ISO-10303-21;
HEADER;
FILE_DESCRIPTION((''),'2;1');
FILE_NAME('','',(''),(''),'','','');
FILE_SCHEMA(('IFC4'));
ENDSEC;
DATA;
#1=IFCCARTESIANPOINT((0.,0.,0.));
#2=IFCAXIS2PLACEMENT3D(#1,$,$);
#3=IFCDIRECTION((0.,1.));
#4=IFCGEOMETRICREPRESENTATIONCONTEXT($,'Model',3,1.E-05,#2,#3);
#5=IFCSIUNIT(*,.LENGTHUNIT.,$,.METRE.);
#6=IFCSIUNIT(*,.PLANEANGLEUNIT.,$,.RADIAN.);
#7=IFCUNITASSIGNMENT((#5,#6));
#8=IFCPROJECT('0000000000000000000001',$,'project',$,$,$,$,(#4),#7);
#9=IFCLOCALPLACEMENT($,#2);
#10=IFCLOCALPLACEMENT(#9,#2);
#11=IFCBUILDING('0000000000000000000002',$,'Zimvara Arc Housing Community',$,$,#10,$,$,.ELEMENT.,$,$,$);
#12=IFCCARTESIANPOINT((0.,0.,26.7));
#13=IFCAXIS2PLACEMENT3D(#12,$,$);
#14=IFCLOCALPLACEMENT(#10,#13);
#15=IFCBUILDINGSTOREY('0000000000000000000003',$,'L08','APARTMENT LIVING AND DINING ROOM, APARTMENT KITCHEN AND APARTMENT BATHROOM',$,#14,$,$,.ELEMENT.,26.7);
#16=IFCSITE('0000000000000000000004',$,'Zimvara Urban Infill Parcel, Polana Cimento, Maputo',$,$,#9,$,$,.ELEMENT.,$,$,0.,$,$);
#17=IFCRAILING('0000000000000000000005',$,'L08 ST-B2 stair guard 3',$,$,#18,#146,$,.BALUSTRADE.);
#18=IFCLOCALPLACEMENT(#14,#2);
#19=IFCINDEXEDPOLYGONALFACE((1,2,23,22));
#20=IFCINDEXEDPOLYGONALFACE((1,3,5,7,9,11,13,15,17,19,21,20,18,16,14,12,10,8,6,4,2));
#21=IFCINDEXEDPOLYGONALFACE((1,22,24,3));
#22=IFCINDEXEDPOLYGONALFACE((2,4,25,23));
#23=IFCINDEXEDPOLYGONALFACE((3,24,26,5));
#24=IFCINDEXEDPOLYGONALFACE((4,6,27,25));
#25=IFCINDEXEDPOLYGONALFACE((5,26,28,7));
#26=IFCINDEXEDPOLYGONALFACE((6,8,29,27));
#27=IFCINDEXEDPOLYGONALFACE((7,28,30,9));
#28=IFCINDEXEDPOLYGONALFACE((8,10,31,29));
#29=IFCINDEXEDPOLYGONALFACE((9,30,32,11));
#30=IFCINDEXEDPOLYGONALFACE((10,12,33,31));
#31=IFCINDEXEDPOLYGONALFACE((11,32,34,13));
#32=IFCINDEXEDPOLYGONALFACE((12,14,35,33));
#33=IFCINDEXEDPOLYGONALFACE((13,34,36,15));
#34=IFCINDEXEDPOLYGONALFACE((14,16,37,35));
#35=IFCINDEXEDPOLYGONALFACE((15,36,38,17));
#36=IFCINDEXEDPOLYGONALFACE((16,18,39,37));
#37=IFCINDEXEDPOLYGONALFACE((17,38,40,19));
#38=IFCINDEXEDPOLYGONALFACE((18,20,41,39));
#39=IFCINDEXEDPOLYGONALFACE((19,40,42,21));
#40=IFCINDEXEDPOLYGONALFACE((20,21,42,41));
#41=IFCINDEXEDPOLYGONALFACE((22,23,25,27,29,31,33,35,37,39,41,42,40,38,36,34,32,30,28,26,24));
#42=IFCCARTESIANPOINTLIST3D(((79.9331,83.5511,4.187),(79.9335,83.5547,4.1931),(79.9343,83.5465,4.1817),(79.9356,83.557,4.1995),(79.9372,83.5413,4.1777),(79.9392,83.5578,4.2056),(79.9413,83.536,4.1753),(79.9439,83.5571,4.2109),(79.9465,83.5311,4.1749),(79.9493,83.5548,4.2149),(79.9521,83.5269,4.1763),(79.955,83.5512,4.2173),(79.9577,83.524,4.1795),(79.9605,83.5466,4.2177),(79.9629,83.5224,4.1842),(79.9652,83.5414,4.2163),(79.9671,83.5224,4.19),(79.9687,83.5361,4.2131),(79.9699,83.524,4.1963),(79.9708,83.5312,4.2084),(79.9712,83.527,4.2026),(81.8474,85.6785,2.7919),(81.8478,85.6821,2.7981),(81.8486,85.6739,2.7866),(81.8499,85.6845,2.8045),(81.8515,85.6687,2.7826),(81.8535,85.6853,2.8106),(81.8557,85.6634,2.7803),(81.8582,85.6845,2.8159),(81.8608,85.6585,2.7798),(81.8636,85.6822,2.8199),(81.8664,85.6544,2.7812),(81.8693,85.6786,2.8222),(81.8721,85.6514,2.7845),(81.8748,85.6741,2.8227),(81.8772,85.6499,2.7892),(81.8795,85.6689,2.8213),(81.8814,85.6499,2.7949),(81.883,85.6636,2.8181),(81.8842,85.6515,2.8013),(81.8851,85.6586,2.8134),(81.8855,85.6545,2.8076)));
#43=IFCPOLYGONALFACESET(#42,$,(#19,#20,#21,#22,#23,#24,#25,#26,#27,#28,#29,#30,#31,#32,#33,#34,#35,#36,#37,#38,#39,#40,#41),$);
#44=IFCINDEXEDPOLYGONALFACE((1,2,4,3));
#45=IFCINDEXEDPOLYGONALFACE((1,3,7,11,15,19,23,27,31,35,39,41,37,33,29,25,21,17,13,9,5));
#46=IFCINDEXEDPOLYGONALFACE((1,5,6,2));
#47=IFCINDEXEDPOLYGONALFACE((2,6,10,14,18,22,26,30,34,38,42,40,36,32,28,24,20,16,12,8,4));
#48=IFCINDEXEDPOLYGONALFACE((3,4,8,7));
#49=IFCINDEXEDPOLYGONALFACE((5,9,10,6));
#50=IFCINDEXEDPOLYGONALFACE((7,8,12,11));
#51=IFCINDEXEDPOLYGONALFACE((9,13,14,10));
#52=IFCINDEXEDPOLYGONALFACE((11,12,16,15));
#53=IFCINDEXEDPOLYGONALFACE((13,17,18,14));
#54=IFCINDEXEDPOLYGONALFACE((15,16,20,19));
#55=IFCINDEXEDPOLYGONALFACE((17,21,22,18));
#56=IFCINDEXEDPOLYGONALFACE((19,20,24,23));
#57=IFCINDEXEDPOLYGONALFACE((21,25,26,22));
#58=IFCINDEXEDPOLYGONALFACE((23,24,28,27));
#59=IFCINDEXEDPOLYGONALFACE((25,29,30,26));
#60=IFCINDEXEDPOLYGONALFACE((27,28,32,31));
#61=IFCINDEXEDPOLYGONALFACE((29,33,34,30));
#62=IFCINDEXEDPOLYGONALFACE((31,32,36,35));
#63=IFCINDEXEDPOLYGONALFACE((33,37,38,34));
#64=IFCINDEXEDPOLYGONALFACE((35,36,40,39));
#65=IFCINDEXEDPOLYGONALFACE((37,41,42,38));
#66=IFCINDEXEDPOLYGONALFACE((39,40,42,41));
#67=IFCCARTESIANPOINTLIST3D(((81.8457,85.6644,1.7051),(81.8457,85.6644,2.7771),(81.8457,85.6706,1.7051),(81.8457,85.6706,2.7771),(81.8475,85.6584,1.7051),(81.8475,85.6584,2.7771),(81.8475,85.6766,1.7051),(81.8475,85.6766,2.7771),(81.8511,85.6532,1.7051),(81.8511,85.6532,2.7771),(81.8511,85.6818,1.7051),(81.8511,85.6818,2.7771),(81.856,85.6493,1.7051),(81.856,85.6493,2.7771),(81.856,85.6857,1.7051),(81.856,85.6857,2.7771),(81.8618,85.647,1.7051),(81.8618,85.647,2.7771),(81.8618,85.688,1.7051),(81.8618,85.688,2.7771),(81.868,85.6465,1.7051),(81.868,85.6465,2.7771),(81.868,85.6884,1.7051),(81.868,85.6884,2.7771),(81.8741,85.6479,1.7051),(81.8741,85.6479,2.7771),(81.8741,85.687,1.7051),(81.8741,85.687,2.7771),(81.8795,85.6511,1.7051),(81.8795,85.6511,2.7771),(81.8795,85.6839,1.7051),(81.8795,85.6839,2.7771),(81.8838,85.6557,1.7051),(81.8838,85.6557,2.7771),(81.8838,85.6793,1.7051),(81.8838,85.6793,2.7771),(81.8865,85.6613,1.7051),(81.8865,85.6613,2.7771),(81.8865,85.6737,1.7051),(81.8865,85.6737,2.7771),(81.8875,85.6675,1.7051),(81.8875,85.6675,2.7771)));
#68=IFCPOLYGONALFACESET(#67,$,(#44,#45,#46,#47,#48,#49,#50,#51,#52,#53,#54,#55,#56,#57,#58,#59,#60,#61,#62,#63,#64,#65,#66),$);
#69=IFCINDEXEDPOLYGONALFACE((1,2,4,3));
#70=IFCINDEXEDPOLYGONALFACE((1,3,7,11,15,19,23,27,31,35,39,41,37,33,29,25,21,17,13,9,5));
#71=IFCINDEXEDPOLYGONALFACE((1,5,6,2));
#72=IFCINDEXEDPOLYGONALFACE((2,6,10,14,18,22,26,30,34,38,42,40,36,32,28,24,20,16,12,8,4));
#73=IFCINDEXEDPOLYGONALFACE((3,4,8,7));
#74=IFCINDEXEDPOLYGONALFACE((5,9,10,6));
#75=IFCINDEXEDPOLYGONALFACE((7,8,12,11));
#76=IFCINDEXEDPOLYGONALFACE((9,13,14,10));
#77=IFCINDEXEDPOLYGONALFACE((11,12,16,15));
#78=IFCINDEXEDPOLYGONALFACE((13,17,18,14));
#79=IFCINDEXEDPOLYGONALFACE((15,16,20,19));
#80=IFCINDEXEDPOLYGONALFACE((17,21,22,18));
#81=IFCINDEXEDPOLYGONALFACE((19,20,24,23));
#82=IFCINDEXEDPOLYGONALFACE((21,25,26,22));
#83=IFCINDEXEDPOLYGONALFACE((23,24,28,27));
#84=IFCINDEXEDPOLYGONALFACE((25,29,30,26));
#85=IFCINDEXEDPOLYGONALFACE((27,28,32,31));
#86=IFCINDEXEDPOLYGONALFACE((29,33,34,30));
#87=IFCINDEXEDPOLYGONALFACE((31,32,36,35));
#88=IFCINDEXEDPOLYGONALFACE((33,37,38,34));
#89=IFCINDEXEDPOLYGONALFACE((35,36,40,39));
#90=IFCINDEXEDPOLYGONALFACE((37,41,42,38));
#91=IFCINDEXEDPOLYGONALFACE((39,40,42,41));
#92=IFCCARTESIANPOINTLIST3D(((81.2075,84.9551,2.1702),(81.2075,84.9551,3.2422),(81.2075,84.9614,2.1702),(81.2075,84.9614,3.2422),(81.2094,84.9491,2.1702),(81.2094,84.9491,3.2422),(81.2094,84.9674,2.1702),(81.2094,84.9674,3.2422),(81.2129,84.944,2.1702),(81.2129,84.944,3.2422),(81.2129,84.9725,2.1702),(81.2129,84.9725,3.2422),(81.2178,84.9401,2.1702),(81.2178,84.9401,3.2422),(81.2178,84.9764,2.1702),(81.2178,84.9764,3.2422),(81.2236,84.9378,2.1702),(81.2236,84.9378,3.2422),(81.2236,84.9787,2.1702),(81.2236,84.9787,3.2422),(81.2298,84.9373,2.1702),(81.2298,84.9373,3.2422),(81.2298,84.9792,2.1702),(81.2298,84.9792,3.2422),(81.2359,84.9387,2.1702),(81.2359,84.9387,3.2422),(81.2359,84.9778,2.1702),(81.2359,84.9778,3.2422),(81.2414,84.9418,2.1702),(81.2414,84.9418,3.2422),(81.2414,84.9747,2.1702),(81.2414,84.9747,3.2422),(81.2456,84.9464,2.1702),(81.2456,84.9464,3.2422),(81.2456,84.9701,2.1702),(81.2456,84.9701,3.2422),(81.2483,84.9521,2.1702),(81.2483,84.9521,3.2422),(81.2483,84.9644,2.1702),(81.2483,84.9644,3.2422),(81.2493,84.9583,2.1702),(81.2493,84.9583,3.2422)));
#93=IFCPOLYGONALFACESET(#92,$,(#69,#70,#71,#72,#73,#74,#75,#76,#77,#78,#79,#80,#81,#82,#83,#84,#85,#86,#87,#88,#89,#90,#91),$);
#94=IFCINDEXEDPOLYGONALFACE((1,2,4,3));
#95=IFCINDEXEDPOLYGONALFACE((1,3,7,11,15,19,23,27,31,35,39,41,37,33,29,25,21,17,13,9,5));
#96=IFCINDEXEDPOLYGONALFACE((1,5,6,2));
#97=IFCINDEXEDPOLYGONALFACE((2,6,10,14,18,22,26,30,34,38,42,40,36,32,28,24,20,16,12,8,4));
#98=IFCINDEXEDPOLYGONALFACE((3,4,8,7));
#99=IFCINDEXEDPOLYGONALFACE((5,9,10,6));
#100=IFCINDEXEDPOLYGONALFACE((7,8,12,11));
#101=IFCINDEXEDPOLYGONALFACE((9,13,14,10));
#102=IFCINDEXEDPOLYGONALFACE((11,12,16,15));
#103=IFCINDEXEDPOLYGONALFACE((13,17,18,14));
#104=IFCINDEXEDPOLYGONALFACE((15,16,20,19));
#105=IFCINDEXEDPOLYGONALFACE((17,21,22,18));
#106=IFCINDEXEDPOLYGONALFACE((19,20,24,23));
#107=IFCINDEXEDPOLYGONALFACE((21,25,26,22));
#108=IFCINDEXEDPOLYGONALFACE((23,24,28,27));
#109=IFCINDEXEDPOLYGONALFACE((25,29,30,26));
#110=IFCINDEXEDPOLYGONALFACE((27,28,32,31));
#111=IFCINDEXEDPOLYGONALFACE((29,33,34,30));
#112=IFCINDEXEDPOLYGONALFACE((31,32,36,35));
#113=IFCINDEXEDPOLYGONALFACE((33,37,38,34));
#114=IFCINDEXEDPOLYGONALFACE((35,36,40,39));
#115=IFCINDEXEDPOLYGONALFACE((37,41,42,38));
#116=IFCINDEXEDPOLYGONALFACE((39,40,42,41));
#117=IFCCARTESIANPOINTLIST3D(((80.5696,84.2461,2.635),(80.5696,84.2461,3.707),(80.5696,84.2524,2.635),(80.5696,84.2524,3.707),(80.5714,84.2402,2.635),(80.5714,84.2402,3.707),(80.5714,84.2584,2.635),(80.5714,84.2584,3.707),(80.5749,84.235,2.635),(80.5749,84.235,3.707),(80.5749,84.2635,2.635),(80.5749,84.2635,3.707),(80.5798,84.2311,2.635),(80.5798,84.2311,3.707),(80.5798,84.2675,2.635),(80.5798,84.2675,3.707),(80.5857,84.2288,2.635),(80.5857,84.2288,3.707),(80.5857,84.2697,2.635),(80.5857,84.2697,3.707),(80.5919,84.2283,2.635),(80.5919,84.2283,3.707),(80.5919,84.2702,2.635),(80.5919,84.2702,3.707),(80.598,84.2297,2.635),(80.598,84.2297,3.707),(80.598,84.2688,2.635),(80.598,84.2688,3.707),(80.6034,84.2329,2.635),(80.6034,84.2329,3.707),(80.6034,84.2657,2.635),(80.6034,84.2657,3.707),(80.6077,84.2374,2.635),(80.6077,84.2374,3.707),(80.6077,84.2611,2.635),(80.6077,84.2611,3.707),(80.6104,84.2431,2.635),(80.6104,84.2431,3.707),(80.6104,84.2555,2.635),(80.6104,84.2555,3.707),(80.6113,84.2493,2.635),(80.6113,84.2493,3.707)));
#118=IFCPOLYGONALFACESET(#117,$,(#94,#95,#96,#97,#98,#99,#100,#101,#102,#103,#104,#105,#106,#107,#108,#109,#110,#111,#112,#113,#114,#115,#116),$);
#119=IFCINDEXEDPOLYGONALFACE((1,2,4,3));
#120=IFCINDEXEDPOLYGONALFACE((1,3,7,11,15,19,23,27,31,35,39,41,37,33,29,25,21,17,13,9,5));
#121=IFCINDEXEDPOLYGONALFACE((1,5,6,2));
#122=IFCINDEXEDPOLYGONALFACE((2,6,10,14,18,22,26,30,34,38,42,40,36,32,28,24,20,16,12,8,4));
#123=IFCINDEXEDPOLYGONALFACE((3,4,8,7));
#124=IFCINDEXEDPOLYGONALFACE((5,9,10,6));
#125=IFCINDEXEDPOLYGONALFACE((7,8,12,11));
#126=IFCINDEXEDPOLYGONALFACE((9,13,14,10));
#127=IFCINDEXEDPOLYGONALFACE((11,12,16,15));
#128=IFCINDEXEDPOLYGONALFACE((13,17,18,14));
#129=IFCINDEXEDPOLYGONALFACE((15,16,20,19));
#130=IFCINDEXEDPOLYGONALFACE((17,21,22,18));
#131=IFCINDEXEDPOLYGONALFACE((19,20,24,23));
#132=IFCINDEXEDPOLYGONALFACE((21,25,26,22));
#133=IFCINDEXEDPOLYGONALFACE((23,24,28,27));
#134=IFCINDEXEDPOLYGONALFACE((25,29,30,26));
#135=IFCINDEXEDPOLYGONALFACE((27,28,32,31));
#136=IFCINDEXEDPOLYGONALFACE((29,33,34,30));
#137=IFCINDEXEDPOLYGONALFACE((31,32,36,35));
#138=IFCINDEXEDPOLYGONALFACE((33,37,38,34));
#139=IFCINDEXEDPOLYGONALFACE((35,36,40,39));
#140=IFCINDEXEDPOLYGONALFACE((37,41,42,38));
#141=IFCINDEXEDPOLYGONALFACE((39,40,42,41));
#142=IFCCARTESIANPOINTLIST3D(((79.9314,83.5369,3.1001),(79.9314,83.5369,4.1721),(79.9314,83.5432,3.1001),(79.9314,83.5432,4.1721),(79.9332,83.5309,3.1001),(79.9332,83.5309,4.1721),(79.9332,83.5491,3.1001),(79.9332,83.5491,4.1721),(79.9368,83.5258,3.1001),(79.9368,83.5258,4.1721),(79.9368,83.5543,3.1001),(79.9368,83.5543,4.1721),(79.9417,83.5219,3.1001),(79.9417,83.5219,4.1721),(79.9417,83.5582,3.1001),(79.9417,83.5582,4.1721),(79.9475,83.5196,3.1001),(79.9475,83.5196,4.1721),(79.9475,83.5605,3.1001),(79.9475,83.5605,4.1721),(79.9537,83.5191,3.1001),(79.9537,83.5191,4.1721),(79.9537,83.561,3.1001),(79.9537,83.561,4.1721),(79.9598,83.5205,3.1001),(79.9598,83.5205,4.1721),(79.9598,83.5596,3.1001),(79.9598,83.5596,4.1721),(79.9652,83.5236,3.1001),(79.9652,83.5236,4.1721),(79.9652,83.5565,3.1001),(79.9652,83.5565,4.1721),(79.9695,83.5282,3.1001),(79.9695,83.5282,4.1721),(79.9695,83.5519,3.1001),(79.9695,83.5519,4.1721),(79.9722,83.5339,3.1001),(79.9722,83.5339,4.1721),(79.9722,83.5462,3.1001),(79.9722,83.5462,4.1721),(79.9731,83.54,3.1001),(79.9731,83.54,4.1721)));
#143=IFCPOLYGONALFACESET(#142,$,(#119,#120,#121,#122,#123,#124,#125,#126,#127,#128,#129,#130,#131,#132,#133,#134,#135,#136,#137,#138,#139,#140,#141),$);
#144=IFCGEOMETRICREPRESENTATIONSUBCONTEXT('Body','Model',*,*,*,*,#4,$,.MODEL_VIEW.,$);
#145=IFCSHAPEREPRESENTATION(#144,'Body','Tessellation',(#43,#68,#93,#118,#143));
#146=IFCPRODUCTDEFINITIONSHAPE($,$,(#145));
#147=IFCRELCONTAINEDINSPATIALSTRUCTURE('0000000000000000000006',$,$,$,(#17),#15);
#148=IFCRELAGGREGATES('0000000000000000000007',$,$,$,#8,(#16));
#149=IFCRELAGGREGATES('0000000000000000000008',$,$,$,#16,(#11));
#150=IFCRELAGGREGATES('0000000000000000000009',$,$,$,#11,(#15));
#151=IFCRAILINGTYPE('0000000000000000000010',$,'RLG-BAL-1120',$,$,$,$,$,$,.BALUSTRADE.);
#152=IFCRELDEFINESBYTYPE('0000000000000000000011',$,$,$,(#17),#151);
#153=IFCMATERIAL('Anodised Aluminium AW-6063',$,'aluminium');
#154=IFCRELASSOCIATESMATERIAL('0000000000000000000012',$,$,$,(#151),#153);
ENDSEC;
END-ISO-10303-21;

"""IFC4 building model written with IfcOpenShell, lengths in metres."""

from ifc_helpers import new_model, si_unit, direction, frame, origin, origin_2d, place, context, subcontext, project, spatial, circle, extrude, material, type_object, element, save


model = new_model("IFC4")

# Units and contexts
model_context = context("Model", 3, precision=1e-05, world=origin(), true_north=direction((0.0, 1.0)))
body_context = subcontext(model_context, "Body", "Model", "MODEL_VIEW")
ifc_project = project(units=[si_unit("LENGTHUNIT", "METRE"), si_unit("PLANEANGLEUNIT", "RADIAN")], contexts=[model_context])

# Site, building, storey
site_placement = place(None, origin())
site = spatial("IfcSite", under=ifc_project, at=site_placement, Name="Zimvara Urban Infill Parcel, Polana Cimento, Maputo", CompositionType="ELEMENT", RefElevation=0.0)
building_placement = place(site_placement, origin())
building = spatial("IfcBuilding", under=site, at=building_placement, Name="Zimvara Arc Housing Community", CompositionType="ELEMENT")
storey_placement = place(building_placement, frame((0.0, 0.0, 26.7)))
storey = spatial("IfcBuildingStorey", under=building, at=storey_placement, Name="L08", Description="APARTMENT LIVING AND DINING ROOM, APARTMENT KITCHEN AND APARTMENT BATHROOM", CompositionType="ELEMENT", Elevation=26.7)

# Railing
ifc_material_1 = material(Name="Anodised Aluminium AW-6063", Category="aluminium")
railing_type_1 = type_object("IfcRailingType", Name="RLG-BAL-1120", PredefinedType="BALUSTRADE", material=ifc_material_1)
railing_1_placement = place(storey_placement, frame((81.8665, 85.6675, 1.7051)))
element("IfcRailing", 1, at=railing_1_placement, inside=storey, type_object=railing_type_1, Name="L08 ST-B2 stair guard 3", PredefinedType="BALUSTRADE", context=body_context, shape_type="SweptSolid", body=[
    extrude(circle(Radius=0.0239, at=origin_2d()), frame((0.0, 0.0, 1.0962), z_axis=(-0.601263, -0.668206, 0.43816), x_axis=(0.743362, -0.668889, 0.0)), (0.0, 0.0, 1.0), 3.1838),
    extrude(circle(Radius=0.021, at=origin_2d()), origin(), (0.0, 0.0, 1.0), 1.072),
    extrude(circle(Radius=0.021, at=origin_2d()), frame((-0.6382, -0.7092, 0.4651)), (0.0, 0.0, 1.0), 1.072),
    extrude(circle(Radius=0.021, at=origin_2d()), frame((-1.2761, -1.4182, 0.9299)), (0.0, 0.0, 1.0), 1.072),
    extrude(circle(Radius=0.021, at=origin_2d()), frame((-1.9143, -2.1274, 1.395)), (0.0, 0.0, 1.0), 1.072),
])

save(model, "model.ifc")
